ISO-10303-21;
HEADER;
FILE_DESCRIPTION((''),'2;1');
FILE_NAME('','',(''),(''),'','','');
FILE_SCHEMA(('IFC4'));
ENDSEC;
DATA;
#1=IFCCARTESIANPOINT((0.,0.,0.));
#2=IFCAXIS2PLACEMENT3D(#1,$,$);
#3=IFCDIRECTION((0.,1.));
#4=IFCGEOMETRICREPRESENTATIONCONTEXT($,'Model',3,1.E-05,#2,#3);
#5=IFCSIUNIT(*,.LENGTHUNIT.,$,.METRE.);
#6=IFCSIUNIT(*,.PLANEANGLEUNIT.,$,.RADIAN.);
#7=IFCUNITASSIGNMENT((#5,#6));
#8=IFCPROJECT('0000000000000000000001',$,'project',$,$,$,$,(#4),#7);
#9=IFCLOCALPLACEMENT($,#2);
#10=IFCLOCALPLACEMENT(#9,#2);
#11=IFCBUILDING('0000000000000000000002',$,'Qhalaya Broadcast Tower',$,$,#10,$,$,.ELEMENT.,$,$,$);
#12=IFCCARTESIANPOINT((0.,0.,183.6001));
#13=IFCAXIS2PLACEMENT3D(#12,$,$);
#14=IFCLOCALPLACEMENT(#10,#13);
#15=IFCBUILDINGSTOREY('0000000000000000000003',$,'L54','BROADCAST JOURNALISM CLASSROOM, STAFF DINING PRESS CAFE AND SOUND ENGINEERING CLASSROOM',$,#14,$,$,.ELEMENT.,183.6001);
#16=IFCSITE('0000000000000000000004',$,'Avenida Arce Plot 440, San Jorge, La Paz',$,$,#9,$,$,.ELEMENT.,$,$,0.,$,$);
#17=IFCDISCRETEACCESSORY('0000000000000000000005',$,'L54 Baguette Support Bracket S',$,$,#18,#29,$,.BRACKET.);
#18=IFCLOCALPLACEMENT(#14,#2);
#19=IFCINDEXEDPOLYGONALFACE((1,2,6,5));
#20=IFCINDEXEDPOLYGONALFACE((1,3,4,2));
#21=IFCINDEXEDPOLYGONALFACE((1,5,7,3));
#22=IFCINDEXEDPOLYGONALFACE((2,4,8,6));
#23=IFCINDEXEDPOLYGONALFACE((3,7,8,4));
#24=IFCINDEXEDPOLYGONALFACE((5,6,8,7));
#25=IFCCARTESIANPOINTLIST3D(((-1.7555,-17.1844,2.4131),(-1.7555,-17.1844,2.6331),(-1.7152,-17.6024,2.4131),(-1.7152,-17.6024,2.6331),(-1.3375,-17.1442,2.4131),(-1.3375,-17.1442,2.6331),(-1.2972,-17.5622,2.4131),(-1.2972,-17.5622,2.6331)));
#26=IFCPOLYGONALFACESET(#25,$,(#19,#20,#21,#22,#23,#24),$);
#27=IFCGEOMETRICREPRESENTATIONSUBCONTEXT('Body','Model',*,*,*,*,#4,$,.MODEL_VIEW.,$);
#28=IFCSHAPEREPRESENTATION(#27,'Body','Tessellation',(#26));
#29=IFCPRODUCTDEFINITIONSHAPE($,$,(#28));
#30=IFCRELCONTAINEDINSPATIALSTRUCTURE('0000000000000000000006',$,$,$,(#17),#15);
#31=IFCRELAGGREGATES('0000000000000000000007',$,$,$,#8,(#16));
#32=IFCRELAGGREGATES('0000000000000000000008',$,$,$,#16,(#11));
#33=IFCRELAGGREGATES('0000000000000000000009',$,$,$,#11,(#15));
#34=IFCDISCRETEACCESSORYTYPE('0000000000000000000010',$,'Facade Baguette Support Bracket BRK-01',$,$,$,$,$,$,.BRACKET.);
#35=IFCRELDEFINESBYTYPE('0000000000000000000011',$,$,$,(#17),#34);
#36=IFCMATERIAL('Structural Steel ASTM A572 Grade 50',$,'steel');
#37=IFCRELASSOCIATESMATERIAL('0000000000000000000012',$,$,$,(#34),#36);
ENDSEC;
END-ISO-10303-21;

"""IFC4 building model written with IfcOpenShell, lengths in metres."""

from ifc_helpers import new_model, si_unit, direction, frame, origin, origin_2d, place, context, subcontext, project, spatial, rectangle, extrude, material, type_object, element, save


model = new_model("IFC4")

# Units and contexts
model_context = context("Model", 3, precision=1e-05, world=origin(), true_north=direction((0.0, 1.0)))
body_context = subcontext(model_context, "Body", "Model", "MODEL_VIEW")
ifc_project = project(units=[si_unit("LENGTHUNIT", "METRE"), si_unit("PLANEANGLEUNIT", "RADIAN")], contexts=[model_context])

# Site, building, storey
site_placement = place(None, origin())
site = spatial("IfcSite", under=ifc_project, at=site_placement, Name="Avenida Arce Plot 440, San Jorge, La Paz", CompositionType="ELEMENT", RefElevation=0.0)
building_placement = place(site_placement, origin())
building = spatial("IfcBuilding", under=site, at=building_placement, Name="Qhalaya Broadcast Tower", CompositionType="ELEMENT")
storey_placement = place(building_placement, frame((0.0, 0.0, 183.6001)))
storey = spatial("IfcBuildingStorey", under=building, at=storey_placement, Name="L54", Description="BROADCAST JOURNALISM CLASSROOM, STAFF DINING PRESS CAFE AND SOUND ENGINEERING CLASSROOM", CompositionType="ELEMENT", Elevation=183.6001)

# Shared definitions
ifc_material_1 = material(Name="Structural Steel ASTM A572 Grade 50", Category="steel")

# Discrete accessory
discrete_accessory_type = type_object("IfcDiscreteAccessoryType", Name="Facade Baguette Support Bracket BRK-01", PredefinedType="BRACKET", material=ifc_material_1)
discrete_accessory_placement = place(storey_placement, frame((-1.5264, -17.3733, 2.4131), z_axis=(0.0, 0.0, 1.0), x_axis=(0.995396, 0.095846, 0.0)))
element("IfcDiscreteAccessory", 1, at=discrete_accessory_placement, inside=storey, type_object=discrete_accessory_type, Name="L54 Baguette Support Bracket S", PredefinedType="BRACKET", context=body_context, shape_type="SweptSolid", body=[
    extrude(rectangle(XDim=0.4199, YDim=0.4199, at=origin_2d()), origin(), (0.0, 0.0, 1.0), 0.22),
])

save(model, "model.ifc")
